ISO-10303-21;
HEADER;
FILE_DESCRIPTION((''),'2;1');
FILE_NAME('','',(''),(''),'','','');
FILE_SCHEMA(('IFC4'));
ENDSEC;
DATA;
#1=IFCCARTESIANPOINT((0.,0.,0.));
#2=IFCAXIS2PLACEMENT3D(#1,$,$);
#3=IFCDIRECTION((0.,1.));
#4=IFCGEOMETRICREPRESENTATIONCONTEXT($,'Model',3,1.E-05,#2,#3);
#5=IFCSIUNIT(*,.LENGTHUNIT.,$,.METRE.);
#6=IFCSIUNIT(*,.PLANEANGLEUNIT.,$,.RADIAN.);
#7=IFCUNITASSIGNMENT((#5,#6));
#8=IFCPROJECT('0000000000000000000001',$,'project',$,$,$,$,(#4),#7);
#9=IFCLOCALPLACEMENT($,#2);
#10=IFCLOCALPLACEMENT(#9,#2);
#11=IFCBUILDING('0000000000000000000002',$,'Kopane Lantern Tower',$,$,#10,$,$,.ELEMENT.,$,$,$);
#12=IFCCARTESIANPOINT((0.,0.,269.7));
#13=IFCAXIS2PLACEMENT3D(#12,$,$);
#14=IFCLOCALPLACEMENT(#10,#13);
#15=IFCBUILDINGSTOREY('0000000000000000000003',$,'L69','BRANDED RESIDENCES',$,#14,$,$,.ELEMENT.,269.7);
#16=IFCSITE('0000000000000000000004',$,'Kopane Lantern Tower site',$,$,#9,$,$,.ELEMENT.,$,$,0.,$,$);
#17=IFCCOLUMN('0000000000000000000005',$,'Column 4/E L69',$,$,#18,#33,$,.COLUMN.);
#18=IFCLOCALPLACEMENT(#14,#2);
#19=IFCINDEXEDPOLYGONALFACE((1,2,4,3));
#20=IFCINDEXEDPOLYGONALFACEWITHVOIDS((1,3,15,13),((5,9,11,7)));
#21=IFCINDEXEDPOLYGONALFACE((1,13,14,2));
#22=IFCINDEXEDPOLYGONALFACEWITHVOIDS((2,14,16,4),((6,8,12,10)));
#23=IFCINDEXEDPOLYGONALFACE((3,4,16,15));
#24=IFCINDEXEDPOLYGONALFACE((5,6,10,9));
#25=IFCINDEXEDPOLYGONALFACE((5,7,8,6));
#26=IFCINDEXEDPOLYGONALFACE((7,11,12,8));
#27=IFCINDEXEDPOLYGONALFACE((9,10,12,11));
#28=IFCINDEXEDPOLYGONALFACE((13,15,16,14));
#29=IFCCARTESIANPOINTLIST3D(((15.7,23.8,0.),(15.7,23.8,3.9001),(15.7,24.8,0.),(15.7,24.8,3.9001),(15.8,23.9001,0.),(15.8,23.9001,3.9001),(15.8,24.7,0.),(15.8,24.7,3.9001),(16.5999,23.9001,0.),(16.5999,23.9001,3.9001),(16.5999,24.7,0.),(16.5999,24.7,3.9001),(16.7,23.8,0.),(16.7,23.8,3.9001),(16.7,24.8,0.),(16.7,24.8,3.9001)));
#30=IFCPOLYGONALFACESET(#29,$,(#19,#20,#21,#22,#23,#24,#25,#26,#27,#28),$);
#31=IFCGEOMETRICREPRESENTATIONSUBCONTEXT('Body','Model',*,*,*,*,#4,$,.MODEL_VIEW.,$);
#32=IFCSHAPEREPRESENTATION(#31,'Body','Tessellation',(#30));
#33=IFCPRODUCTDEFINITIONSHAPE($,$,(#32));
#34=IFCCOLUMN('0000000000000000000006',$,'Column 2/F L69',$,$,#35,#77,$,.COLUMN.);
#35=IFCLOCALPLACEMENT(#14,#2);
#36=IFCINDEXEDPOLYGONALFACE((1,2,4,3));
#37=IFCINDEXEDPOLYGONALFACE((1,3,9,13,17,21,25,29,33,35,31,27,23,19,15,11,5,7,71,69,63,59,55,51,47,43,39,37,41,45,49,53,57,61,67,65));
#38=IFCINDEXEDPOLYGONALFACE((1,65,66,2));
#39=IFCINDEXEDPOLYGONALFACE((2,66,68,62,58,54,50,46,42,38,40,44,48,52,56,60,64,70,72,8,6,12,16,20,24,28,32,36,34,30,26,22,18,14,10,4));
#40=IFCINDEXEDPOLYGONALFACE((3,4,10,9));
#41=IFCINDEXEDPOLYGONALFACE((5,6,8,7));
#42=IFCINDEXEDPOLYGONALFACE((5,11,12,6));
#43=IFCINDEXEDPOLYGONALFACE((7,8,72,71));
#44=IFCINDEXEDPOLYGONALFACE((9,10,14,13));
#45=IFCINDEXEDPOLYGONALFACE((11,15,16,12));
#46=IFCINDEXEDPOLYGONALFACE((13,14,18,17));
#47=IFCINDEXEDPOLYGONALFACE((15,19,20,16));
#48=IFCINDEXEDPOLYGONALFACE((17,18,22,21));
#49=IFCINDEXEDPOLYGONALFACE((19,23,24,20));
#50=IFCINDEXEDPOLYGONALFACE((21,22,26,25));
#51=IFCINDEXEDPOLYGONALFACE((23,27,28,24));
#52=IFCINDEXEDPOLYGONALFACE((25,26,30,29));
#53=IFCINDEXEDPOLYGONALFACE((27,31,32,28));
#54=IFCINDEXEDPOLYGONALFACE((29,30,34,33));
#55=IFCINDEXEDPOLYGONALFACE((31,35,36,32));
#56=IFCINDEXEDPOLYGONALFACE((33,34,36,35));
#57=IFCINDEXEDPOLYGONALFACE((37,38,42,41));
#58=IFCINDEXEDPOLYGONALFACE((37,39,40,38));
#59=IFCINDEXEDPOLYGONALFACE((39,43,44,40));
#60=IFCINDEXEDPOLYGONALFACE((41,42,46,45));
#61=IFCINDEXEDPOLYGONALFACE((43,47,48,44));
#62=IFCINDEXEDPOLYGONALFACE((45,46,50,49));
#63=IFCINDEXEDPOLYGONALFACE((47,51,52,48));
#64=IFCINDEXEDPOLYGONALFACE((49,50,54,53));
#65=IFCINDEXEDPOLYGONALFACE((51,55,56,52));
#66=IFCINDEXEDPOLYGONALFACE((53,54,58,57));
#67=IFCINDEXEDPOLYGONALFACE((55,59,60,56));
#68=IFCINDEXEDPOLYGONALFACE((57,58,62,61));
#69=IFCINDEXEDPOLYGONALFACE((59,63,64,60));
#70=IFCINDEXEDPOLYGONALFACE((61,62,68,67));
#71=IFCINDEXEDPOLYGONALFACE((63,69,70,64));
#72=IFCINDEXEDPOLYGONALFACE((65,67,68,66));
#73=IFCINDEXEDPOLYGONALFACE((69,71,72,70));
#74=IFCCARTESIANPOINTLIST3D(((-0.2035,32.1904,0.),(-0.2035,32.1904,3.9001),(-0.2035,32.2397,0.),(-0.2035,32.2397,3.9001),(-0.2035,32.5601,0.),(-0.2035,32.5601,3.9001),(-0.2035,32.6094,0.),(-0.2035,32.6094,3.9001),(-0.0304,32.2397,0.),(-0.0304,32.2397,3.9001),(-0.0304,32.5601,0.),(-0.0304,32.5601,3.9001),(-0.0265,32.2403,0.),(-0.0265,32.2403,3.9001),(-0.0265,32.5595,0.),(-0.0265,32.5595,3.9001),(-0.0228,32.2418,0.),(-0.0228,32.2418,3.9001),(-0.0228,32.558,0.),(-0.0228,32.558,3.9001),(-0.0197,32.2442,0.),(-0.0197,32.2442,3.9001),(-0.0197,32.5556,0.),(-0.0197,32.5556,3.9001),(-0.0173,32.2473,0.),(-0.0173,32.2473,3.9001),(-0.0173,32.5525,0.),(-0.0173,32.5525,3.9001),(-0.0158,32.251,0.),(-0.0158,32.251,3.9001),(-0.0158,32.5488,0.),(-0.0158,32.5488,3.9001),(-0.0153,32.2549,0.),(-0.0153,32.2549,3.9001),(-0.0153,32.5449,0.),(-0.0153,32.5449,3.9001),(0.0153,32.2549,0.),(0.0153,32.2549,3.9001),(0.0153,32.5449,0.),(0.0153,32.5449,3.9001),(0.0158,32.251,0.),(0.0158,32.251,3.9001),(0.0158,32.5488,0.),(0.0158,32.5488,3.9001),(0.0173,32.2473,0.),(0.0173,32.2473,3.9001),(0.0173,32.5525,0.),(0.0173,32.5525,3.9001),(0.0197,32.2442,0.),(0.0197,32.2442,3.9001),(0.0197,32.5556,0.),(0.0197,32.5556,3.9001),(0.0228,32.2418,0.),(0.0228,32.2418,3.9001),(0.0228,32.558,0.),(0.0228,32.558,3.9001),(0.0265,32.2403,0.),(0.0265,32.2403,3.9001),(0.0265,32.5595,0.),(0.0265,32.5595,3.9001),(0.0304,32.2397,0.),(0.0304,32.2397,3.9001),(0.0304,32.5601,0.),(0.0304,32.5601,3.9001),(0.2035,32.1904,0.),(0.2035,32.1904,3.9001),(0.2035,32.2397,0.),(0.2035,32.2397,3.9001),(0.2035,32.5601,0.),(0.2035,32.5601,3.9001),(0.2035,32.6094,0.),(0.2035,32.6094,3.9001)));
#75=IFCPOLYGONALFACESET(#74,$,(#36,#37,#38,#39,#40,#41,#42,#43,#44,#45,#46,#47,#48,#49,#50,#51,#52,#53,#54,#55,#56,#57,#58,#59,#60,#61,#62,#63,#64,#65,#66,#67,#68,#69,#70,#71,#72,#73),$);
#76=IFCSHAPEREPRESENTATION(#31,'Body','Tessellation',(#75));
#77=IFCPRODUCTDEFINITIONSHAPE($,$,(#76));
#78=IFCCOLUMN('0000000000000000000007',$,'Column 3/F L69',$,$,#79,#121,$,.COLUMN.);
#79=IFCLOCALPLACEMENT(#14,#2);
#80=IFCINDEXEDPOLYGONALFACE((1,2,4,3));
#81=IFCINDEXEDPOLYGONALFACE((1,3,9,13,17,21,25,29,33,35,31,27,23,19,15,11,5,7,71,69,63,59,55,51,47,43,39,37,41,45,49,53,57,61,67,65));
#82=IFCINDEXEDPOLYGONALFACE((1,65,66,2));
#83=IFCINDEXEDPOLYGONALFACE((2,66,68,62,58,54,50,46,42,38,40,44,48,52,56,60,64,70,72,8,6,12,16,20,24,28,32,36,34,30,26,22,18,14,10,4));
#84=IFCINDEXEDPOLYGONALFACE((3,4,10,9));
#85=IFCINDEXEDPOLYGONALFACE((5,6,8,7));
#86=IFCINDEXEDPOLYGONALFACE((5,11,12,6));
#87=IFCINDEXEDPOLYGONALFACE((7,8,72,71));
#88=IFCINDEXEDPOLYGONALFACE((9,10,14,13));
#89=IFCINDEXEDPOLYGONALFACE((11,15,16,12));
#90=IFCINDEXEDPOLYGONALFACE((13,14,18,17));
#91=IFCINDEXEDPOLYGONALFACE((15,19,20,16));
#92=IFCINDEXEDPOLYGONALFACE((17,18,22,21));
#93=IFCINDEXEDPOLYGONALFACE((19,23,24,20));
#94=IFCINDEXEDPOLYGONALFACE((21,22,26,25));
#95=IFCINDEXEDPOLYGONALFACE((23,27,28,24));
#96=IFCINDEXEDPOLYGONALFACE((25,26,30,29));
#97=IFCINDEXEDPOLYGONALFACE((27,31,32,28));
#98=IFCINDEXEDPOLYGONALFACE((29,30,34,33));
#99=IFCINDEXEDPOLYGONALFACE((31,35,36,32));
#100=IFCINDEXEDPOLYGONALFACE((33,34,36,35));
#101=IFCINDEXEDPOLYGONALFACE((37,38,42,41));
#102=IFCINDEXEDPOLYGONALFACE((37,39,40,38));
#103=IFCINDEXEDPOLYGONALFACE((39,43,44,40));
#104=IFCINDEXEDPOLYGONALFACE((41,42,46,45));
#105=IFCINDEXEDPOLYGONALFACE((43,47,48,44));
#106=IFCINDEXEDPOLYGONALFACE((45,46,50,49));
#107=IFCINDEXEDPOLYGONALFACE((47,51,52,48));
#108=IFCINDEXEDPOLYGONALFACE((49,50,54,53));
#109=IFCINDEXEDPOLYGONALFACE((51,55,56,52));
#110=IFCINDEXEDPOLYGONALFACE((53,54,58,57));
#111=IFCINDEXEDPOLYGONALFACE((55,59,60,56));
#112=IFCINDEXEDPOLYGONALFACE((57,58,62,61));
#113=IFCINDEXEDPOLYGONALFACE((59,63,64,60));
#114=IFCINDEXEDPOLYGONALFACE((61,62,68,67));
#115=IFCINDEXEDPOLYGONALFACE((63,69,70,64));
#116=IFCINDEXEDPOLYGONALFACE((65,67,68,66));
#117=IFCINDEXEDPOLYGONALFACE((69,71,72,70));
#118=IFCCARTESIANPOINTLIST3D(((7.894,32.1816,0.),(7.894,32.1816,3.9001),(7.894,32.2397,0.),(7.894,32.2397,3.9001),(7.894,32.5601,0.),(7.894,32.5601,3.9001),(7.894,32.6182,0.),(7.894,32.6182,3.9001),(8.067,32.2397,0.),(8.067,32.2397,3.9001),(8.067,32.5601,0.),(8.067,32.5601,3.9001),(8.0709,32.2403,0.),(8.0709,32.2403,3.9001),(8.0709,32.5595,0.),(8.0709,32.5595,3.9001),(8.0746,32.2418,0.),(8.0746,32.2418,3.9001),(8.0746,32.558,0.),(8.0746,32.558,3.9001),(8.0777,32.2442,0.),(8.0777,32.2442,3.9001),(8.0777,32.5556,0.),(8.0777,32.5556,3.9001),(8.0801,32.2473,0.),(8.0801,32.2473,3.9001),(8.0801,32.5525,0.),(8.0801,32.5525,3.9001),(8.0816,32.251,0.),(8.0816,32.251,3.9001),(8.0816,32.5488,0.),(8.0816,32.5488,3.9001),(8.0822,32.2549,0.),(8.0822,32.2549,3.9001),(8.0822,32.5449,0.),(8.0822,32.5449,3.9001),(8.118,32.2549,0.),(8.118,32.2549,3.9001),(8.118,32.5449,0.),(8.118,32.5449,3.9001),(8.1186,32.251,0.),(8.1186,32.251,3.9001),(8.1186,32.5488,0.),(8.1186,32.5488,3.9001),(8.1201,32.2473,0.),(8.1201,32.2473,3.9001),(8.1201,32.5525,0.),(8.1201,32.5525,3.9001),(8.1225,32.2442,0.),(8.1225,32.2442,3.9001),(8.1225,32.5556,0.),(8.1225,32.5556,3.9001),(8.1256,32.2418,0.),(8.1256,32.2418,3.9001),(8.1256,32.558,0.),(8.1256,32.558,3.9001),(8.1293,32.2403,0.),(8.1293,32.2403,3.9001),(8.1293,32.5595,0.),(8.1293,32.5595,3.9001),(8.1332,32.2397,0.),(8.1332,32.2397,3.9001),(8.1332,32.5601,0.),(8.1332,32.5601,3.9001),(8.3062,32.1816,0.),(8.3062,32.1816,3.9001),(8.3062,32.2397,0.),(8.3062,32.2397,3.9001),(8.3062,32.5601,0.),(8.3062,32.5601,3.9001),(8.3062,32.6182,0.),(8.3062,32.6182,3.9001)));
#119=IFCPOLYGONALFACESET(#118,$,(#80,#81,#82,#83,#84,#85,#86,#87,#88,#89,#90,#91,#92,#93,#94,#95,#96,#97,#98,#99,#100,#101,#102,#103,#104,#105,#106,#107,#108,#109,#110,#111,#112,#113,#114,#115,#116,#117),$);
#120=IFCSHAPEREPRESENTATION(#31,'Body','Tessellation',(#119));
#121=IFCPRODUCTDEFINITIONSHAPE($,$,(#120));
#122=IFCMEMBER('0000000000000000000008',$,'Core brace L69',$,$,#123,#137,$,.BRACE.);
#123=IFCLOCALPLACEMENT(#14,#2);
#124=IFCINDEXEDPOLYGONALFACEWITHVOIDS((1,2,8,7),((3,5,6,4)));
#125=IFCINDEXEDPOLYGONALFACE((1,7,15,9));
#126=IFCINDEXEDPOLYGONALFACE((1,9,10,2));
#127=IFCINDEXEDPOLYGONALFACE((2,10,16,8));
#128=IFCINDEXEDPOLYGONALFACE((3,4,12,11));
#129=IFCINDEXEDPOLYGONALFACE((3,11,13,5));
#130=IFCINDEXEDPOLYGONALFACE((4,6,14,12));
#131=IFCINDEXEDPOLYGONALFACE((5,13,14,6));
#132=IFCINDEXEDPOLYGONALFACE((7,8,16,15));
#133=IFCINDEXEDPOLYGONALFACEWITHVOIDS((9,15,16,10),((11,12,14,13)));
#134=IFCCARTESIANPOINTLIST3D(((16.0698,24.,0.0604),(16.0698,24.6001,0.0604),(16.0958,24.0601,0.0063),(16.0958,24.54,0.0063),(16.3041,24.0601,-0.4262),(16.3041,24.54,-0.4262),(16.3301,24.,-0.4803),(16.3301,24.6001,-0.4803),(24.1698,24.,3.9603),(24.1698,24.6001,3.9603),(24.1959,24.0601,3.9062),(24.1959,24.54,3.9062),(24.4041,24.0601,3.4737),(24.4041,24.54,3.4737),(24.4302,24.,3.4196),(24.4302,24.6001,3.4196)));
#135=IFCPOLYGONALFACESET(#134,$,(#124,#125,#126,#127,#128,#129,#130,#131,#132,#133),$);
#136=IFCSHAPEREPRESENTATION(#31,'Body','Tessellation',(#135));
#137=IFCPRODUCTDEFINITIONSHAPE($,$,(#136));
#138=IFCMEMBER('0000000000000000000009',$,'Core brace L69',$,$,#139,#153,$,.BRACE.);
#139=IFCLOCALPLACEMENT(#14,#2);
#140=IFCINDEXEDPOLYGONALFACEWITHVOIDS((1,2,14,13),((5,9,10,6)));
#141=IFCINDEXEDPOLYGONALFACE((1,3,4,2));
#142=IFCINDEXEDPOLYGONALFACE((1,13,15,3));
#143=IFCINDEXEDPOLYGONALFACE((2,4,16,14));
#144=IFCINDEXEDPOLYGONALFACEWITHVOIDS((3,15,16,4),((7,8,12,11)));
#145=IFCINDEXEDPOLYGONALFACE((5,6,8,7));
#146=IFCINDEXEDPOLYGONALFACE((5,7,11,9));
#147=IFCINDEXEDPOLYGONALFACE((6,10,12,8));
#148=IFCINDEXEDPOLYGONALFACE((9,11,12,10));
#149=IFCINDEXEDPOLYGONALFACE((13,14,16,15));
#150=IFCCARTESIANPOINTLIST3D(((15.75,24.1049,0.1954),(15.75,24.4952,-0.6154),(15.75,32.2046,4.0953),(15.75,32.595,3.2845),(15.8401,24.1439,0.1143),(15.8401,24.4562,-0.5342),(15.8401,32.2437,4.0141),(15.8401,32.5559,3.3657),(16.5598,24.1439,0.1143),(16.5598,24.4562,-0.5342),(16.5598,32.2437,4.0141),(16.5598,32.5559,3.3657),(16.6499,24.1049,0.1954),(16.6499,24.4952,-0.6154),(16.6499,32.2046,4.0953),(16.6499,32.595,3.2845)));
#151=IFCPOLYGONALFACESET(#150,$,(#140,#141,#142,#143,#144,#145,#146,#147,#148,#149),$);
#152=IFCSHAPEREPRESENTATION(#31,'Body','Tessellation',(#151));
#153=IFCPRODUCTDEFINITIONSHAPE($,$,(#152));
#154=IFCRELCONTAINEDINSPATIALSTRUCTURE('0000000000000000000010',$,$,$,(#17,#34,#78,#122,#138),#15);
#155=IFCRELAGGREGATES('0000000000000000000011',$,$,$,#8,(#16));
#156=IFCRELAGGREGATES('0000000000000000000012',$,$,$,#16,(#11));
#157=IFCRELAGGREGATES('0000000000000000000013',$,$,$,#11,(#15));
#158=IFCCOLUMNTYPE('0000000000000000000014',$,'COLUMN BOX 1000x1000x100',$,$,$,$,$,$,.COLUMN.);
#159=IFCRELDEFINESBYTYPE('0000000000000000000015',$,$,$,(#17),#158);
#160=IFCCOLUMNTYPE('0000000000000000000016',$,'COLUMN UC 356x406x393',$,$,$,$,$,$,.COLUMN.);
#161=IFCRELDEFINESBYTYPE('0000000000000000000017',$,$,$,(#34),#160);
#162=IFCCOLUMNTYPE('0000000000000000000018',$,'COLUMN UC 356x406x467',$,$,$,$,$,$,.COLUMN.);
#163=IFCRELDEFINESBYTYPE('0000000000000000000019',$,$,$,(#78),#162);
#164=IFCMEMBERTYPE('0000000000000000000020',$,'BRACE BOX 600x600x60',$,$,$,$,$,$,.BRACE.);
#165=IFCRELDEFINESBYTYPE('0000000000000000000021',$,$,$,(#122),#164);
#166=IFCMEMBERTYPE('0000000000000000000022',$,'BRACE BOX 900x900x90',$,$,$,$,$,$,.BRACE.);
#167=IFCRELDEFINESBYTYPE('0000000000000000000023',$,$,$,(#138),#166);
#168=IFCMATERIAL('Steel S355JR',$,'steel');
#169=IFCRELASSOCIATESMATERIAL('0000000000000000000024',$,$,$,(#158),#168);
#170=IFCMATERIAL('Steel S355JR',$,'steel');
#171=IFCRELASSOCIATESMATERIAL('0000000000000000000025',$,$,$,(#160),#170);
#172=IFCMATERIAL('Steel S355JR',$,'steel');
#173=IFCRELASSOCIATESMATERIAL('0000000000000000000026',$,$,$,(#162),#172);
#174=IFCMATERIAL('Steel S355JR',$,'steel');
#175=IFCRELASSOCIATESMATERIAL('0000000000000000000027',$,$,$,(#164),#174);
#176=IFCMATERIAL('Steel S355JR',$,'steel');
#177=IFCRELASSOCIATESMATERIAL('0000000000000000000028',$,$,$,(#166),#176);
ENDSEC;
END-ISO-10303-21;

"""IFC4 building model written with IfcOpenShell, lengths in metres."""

from ifc_helpers import new_model, si_unit, direction, frame, origin, origin_2d, place, context, subcontext, project, spatial, hollow_rectangle, i_section, extrude, material, material_profile, profile_set, type_object, element, save


model = new_model("IFC4")

# Units and contexts
model_context = context("Model", 3, precision=1e-05, world=origin(), true_north=direction((0.0, 1.0)))
body_context = subcontext(model_context, "Body", "Model", "MODEL_VIEW")
ifc_project = project(units=[si_unit("LENGTHUNIT", "METRE"), si_unit("PLANEANGLEUNIT", "RADIAN")], contexts=[model_context])

# Site, building, storey
site_placement = place(None, origin())
site = spatial("IfcSite", under=ifc_project, at=site_placement, Name="Kopane Lantern Tower site", CompositionType="ELEMENT", RefElevation=0.0)
building_placement = place(site_placement, origin())
building = spatial("IfcBuilding", under=site, at=building_placement, Name="Kopane Lantern Tower", CompositionType="ELEMENT")
storey_placement = place(building_placement, frame((0.0, 0.0, 269.7)))
storey = spatial("IfcBuildingStorey", under=building, at=storey_placement, Name="L69", Description="BRANDED RESIDENCES", CompositionType="ELEMENT", Elevation=269.7)

# Columns
ifc_material_1 = material(Name="Steel S355JR", Category="steel")
ifc_material_profile_1 = material_profile(ifc_material_1, hollow_rectangle(XDim=1.0, YDim=1.0, WallThickness=0.1001, at=origin_2d()), Name="BOX 1000x1000x100")
ifc_profile_set_1 = profile_set([ifc_material_profile_1], Name="Steel S355JR")
column_type_1 = type_object("IfcColumnType", Name="COLUMN BOX 1000x1000x100", PredefinedType="COLUMN", material=ifc_profile_set_1)
column_1_placement = place(storey_placement, frame((16.2, 24.3, 0.0), z_axis=(0.0, 0.0, 1.0), x_axis=(1.0, 0.0, 0.0)))
element("IfcColumn", 1, at=column_1_placement, inside=storey, type_object=column_type_1, Name="Column 4/E L69", PredefinedType="COLUMN", context=body_context, shape_type="SweptSolid", body=[
    extrude(hollow_rectangle(XDim=1.0, YDim=1.0, WallThickness=0.1001, at=origin_2d()), origin(), (0.0, 0.0, 1.0), 3.9001),
])
ifc_material_2 = material(Name="Steel S355JR", Category="steel")
ifc_material_profile_2 = material_profile(ifc_material_2, i_section(OverallWidth=0.407, OverallDepth=0.4189, WebThickness=0.0305, FlangeThickness=0.0493, FilletRadius=0.0151, at=origin_2d()), Name="UC 356x406x393")
ifc_profile_set_2 = profile_set([ifc_material_profile_2], Name="Steel S355JR")
column_type_2 = type_object("IfcColumnType", Name="COLUMN UC 356x406x393", PredefinedType="COLUMN", material=ifc_profile_set_2)
column_2_placement = place(storey_placement, frame((0.0, 32.3999, 0.0), z_axis=(0.0, 0.0, 1.0), x_axis=(1.0, 0.0, 0.0)))
element("IfcColumn", 2, at=column_2_placement, inside=storey, type_object=column_type_2, Name="Column 2/F L69", PredefinedType="COLUMN", context=body_context, shape_type="SweptSolid", body=[
    extrude(i_section(OverallWidth=0.407, OverallDepth=0.4189, WebThickness=0.0305, FlangeThickness=0.0493, FilletRadius=0.0151, at=origin_2d()), origin(), (0.0, 0.0, 1.0), 3.9001),
])
ifc_material_3 = material(Name="Steel S355JR", Category="steel")
ifc_material_profile_3 = material_profile(ifc_material_3, i_section(OverallWidth=0.4121, OverallDepth=0.4365, WebThickness=0.0359, FlangeThickness=0.0581, FilletRadius=0.0151, at=origin_2d()), Name="UC 356x406x467")
ifc_profile_set_3 = profile_set([ifc_material_profile_3], Name="Steel S355JR")
column_type_3 = type_object("IfcColumnType", Name="COLUMN UC 356x406x467", PredefinedType="COLUMN", material=ifc_profile_set_3)
column_3_placement = place(storey_placement, frame((8.1001, 32.3999, 0.0), z_axis=(0.0, 0.0, 1.0), x_axis=(1.0, 0.0, 0.0)))
element("IfcColumn", 3, at=column_3_placement, inside=storey, type_object=column_type_3, Name="Column 3/F L69", PredefinedType="COLUMN", context=body_context, shape_type="SweptSolid", body=[
    extrude(i_section(OverallWidth=0.4121, OverallDepth=0.4365, WebThickness=0.0359, FlangeThickness=0.0581, FilletRadius=0.0151, at=origin_2d()), origin(), (0.0, 0.0, 1.0), 3.9001),
])

# Members
ifc_material_4 = material(Name="Steel S355JR", Category="steel")
ifc_material_profile_4 = material_profile(ifc_material_4, hollow_rectangle(XDim=0.6001, YDim=0.6001, WallThickness=0.0601, at=origin_2d()), Name="BOX 600x600x60")
ifc_profile_set_4 = profile_set([ifc_material_profile_4], Name="Steel S355JR")
member_type_1 = type_object("IfcMemberType", Name="BRACE BOX 600x600x60", PredefinedType="BRACE", material=ifc_profile_set_4)
member_1_placement = place(storey_placement, frame((16.2, 24.3, -0.21), z_axis=(0.901008, 0.0, 0.433803), x_axis=(0.0, 1.0, 0.0)))
element("IfcMember", 4, at=member_1_placement, inside=storey, type_object=member_type_1, Name="Core brace L69", PredefinedType="BRACE", context=body_context, shape_type="SweptSolid", body=[
    extrude(hollow_rectangle(XDim=0.6001, YDim=0.6001, WallThickness=0.0601, at=origin_2d()), origin(), (0.0, 0.0, 1.0), 8.99),
])
ifc_material_5 = material(Name="Steel S355JR", Category="steel")
ifc_material_profile_5 = material_profile(ifc_material_5, hollow_rectangle(XDim=0.8999, YDim=0.8999, WallThickness=0.0901, at=origin_2d()), Name="BOX 900x900x90")
ifc_profile_set_5 = profile_set([ifc_material_profile_5], Name="Steel S355JR")
member_type_2 = type_object("IfcMemberType", Name="BRACE BOX 900x900x90", PredefinedType="BRACE", material=ifc_profile_set_5)
member_2_placement = place(storey_placement, frame((16.2, 24.3, -0.21), z_axis=(0.0, 0.901003, 0.433813), x_axis=(-1.0, 0.0, 0.0)))
element("IfcMember", 5, at=member_2_placement, inside=storey, type_object=member_type_2, Name="Core brace L69", PredefinedType="BRACE", context=body_context, shape_type="SweptSolid", body=[
    extrude(hollow_rectangle(XDim=0.8999, YDim=0.8999, WallThickness=0.0901, at=origin_2d()), origin(), (0.0, 0.0, 1.0), 8.9897),
])

save(model, "model.ifc")
